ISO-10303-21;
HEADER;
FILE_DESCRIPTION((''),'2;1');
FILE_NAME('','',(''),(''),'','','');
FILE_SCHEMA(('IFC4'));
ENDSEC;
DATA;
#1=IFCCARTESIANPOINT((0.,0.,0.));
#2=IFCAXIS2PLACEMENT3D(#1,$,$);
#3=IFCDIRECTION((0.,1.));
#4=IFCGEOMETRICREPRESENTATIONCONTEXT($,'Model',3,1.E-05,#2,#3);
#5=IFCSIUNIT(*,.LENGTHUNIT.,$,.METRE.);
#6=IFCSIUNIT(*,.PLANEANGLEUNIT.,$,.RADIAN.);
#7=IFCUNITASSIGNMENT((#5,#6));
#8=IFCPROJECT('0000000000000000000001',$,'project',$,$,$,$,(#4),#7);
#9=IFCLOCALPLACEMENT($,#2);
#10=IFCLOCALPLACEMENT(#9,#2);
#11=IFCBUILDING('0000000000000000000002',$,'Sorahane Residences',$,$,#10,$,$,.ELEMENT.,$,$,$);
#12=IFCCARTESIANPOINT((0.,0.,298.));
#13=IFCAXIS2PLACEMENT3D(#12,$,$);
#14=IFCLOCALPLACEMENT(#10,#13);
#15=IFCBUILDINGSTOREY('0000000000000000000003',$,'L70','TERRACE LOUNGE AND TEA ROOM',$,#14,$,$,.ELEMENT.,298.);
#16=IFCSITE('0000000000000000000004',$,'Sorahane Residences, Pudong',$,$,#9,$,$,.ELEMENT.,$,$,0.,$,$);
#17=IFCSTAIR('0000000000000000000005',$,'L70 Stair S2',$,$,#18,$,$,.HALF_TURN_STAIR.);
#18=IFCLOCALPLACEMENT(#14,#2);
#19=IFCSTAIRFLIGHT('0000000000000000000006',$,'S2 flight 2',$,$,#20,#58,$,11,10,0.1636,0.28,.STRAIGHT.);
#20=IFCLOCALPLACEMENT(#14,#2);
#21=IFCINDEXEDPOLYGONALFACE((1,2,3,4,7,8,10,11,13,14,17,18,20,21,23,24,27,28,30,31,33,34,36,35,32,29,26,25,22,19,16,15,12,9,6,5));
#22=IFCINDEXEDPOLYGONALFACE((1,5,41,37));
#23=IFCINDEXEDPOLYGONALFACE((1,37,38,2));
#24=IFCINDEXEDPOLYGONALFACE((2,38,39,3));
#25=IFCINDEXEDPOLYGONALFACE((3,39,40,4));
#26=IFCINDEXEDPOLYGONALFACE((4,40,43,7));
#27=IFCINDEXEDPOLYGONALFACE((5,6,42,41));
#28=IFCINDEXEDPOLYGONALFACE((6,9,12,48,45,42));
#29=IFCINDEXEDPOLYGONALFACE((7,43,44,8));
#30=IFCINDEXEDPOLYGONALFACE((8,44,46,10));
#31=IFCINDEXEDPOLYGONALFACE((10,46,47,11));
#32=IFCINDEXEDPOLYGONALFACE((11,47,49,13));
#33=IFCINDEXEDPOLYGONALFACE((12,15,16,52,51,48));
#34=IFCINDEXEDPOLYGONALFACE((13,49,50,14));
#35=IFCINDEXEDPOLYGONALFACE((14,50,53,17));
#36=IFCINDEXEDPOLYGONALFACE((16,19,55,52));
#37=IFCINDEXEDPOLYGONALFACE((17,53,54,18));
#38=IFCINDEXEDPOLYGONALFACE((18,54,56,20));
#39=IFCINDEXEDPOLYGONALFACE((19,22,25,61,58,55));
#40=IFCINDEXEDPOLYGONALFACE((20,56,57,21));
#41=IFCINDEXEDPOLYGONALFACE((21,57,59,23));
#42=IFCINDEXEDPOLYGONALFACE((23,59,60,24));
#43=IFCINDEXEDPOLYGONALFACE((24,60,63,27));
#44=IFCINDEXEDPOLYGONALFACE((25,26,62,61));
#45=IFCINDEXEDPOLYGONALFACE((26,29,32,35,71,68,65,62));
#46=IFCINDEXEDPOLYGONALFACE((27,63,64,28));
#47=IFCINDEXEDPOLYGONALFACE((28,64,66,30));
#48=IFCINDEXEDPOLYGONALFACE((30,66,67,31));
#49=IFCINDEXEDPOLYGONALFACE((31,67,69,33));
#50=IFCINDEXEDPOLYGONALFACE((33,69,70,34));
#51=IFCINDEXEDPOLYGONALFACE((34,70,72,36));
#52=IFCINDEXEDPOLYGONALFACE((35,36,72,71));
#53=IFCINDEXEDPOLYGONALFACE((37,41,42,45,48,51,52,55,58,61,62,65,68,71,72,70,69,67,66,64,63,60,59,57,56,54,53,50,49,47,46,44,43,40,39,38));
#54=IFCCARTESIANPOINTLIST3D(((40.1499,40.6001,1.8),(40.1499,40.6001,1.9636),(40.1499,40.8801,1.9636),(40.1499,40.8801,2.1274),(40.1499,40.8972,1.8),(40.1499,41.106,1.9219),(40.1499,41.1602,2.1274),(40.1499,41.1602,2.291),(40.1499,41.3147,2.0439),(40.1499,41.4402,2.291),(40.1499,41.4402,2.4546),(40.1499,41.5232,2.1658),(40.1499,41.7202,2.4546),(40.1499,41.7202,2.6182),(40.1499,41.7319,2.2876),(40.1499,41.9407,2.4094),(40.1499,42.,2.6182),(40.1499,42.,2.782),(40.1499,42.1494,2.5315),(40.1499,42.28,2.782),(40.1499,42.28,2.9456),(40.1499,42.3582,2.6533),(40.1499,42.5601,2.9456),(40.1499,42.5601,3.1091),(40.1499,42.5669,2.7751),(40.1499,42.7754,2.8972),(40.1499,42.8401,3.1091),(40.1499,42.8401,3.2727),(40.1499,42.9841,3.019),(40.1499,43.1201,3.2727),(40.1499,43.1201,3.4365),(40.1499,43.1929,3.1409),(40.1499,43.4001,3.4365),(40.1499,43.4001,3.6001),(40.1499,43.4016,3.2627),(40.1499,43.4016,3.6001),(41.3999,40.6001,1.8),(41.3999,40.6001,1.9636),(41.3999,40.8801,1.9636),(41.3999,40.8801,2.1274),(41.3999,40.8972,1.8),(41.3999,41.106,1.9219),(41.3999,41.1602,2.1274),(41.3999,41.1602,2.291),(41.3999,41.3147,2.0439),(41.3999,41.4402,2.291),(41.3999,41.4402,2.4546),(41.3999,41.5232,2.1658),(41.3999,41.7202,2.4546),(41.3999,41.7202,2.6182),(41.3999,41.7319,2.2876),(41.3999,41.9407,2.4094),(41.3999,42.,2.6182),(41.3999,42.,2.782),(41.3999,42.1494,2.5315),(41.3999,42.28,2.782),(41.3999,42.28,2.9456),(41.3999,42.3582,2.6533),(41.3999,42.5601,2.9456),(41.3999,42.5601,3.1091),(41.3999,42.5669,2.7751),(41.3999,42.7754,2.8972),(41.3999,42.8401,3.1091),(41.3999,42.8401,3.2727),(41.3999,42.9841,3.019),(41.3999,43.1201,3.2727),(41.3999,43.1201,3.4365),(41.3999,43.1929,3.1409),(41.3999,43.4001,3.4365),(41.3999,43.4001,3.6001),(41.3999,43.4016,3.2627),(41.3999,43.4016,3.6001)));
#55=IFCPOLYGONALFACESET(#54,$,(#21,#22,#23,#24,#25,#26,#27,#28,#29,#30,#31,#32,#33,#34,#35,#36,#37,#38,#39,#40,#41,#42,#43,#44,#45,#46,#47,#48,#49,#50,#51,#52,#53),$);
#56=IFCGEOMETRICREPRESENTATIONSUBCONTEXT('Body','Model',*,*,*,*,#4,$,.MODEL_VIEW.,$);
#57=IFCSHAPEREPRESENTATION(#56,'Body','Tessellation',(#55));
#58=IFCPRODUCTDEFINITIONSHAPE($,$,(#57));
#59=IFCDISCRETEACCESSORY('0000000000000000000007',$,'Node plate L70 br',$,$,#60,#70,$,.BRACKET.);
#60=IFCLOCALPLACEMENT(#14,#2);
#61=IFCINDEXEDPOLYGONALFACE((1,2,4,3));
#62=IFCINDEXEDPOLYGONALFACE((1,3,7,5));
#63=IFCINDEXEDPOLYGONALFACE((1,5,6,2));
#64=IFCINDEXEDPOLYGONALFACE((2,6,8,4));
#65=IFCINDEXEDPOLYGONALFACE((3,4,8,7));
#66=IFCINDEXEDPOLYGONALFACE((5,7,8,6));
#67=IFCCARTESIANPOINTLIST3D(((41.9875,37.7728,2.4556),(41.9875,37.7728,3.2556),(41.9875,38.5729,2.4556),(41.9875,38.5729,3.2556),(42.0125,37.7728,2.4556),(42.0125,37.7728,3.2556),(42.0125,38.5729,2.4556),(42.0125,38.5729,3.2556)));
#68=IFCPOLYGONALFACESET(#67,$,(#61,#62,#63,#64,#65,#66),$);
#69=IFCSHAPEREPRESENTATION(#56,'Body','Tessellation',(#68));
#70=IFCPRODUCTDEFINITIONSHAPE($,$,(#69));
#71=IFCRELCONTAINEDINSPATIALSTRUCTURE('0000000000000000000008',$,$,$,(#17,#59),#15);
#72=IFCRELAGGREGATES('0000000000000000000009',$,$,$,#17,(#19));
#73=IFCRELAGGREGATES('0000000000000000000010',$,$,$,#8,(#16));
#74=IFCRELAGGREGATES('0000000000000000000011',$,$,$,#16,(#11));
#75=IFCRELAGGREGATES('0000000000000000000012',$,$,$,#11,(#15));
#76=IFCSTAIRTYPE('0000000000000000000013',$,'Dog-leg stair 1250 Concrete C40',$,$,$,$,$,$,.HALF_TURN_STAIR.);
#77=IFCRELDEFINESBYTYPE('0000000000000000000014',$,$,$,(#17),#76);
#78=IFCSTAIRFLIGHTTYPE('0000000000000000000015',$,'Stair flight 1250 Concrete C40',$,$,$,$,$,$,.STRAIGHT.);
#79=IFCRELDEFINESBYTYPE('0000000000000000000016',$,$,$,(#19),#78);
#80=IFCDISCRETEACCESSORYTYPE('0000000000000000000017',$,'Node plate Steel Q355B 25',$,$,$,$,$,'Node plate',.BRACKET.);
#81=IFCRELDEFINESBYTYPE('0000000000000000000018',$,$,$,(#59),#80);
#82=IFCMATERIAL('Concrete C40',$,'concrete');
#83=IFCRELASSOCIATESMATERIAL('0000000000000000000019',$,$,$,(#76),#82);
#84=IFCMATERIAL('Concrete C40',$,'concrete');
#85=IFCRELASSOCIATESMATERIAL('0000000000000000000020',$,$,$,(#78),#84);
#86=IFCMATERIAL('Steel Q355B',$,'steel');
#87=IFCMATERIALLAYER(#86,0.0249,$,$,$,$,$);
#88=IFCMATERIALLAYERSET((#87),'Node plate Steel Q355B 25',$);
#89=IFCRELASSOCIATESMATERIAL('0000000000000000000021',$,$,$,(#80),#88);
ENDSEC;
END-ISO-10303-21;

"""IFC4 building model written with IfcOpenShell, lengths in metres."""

from ifc_helpers import new_model, si_unit, direction, frame, origin, origin_2d, place, context, subcontext, project, spatial, polyline, rectangle, outline, extrude, material, layer, layer_set, type_object, element, aggregate, save


model = new_model("IFC4")

# Units and contexts
model_context = context("Model", 3, precision=1e-05, world=origin(), true_north=direction((0.0, 1.0)))
body_context = subcontext(model_context, "Body", "Model", "MODEL_VIEW")
ifc_project = project(units=[si_unit("LENGTHUNIT", "METRE"), si_unit("PLANEANGLEUNIT", "RADIAN")], contexts=[model_context])

# Site, building, storey
site_placement = place(None, origin())
site = spatial("IfcSite", under=ifc_project, at=site_placement, Name="Sorahane Residences, Pudong", CompositionType="ELEMENT", RefElevation=0.0)
building_placement = place(site_placement, origin())
building = spatial("IfcBuilding", under=site, at=building_placement, Name="Sorahane Residences", CompositionType="ELEMENT")
storey_placement = place(building_placement, frame((0.0, 0.0, 298.0)))
storey = spatial("IfcBuildingStorey", under=building, at=storey_placement, Name="L70", Description="TERRACE LOUNGE AND TEA ROOM", CompositionType="ELEMENT", Elevation=298.0)

# Stair, stair flight
ifc_material_1 = material(Name="Concrete C40", Category="concrete")
stair_type = type_object("IfcStairType", Name="Dog-leg stair 1250 Concrete C40", PredefinedType="HALF_TURN_STAIR", material=ifc_material_1)
stair_placement = place(storey_placement, origin())
stair = element("IfcStair", 1, at=stair_placement, inside=storey, type_object=stair_type, Name="L70 Stair S2", PredefinedType="HALF_TURN_STAIR")
ifc_material_2 = material(Name="Concrete C40", Category="concrete")
stair_flight_type = type_object("IfcStairFlightType", Name="Stair flight 1250 Concrete C40", PredefinedType="STRAIGHT", material=ifc_material_2)
stair_flight_placement = place(storey_placement, frame((40.7749, 40.6001, 1.8), z_axis=(0.0, 0.0, 1.0), x_axis=(0.0, 1.0, 0.0)))
stair_flight = element("IfcStairFlight", 2, at=stair_flight_placement, type_object=stair_flight_type, Name="S2 flight 2", NumberOfRisers=11, NumberOfTreads=10, PredefinedType="STRAIGHT", RiserHeight=0.1636, TreadLength=0.28, context=body_context, shape_type="SweptSolid", body=[
    extrude(outline(polyline([(0.0, 0.0), (0.0, 0.1636), (0.28, 0.1636), (0.28, 0.3274), (0.5601, 0.3274), (0.5601, 0.491), (0.8401, 0.491), (0.8401, 0.6545), (1.1201, 0.6545), (1.1201, 0.8181), (1.3999, 0.8181), (1.3999, 0.9819), (1.6799, 0.9819), (1.6799, 1.1455), (1.96, 1.1455), (1.96, 1.3091), (2.24, 1.3091), (2.24, 1.4727), (2.52, 1.4727), (2.52, 1.6365), (2.8, 1.6365), (2.8, 1.8), (2.8015, 1.8), (2.8015, 1.4626), (2.5928, 1.3408), (2.384, 1.219), (2.1753, 1.0972), (1.9668, 0.9751), (1.7581, 0.8533), (1.5493, 0.7314), (1.3406, 0.6094), (1.1318, 0.4875), (0.9231, 0.3657), (0.7146, 0.2439), (0.5059, 0.1218), (0.2971, 0.0), (0.0, 0.0)])), frame((0.0, 0.625, 0.0), z_axis=(0.0, -1.0, 0.0), x_axis=(1.0, 0.0, 0.0)), (0.0, 0.0, 1.0), 1.25),
])
aggregate(stair, [stair_flight])

# Discrete accessory
ifc_material_3 = material(Name="Steel Q355B", Category="steel")
ifc_layer_1 = layer(ifc_material_3, 0.0249)
ifc_layer_set_1 = layer_set([ifc_layer_1], Name="Node plate Steel Q355B 25")
discrete_accessory_type = type_object("IfcDiscreteAccessoryType", Name="Node plate Steel Q355B 25", ElementType="Node plate", PredefinedType="BRACKET", material=ifc_layer_set_1)
discrete_accessory_placement = place(storey_placement, frame((42.0, 38.1729, 2.4556), z_axis=(0.0, 0.0, 1.0), x_axis=(0.0, 1.0, 0.0)))
element("IfcDiscreteAccessory", 3, at=discrete_accessory_placement, inside=storey, type_object=discrete_accessory_type, Name="Node plate L70 br", PredefinedType="BRACKET", context=body_context, shape_type="SweptSolid", body=[
    extrude(rectangle(XDim=0.8, YDim=0.0249, at=origin_2d()), origin(), (0.0, 0.0, 1.0), 0.8),
])

save(model, "model.ifc")
